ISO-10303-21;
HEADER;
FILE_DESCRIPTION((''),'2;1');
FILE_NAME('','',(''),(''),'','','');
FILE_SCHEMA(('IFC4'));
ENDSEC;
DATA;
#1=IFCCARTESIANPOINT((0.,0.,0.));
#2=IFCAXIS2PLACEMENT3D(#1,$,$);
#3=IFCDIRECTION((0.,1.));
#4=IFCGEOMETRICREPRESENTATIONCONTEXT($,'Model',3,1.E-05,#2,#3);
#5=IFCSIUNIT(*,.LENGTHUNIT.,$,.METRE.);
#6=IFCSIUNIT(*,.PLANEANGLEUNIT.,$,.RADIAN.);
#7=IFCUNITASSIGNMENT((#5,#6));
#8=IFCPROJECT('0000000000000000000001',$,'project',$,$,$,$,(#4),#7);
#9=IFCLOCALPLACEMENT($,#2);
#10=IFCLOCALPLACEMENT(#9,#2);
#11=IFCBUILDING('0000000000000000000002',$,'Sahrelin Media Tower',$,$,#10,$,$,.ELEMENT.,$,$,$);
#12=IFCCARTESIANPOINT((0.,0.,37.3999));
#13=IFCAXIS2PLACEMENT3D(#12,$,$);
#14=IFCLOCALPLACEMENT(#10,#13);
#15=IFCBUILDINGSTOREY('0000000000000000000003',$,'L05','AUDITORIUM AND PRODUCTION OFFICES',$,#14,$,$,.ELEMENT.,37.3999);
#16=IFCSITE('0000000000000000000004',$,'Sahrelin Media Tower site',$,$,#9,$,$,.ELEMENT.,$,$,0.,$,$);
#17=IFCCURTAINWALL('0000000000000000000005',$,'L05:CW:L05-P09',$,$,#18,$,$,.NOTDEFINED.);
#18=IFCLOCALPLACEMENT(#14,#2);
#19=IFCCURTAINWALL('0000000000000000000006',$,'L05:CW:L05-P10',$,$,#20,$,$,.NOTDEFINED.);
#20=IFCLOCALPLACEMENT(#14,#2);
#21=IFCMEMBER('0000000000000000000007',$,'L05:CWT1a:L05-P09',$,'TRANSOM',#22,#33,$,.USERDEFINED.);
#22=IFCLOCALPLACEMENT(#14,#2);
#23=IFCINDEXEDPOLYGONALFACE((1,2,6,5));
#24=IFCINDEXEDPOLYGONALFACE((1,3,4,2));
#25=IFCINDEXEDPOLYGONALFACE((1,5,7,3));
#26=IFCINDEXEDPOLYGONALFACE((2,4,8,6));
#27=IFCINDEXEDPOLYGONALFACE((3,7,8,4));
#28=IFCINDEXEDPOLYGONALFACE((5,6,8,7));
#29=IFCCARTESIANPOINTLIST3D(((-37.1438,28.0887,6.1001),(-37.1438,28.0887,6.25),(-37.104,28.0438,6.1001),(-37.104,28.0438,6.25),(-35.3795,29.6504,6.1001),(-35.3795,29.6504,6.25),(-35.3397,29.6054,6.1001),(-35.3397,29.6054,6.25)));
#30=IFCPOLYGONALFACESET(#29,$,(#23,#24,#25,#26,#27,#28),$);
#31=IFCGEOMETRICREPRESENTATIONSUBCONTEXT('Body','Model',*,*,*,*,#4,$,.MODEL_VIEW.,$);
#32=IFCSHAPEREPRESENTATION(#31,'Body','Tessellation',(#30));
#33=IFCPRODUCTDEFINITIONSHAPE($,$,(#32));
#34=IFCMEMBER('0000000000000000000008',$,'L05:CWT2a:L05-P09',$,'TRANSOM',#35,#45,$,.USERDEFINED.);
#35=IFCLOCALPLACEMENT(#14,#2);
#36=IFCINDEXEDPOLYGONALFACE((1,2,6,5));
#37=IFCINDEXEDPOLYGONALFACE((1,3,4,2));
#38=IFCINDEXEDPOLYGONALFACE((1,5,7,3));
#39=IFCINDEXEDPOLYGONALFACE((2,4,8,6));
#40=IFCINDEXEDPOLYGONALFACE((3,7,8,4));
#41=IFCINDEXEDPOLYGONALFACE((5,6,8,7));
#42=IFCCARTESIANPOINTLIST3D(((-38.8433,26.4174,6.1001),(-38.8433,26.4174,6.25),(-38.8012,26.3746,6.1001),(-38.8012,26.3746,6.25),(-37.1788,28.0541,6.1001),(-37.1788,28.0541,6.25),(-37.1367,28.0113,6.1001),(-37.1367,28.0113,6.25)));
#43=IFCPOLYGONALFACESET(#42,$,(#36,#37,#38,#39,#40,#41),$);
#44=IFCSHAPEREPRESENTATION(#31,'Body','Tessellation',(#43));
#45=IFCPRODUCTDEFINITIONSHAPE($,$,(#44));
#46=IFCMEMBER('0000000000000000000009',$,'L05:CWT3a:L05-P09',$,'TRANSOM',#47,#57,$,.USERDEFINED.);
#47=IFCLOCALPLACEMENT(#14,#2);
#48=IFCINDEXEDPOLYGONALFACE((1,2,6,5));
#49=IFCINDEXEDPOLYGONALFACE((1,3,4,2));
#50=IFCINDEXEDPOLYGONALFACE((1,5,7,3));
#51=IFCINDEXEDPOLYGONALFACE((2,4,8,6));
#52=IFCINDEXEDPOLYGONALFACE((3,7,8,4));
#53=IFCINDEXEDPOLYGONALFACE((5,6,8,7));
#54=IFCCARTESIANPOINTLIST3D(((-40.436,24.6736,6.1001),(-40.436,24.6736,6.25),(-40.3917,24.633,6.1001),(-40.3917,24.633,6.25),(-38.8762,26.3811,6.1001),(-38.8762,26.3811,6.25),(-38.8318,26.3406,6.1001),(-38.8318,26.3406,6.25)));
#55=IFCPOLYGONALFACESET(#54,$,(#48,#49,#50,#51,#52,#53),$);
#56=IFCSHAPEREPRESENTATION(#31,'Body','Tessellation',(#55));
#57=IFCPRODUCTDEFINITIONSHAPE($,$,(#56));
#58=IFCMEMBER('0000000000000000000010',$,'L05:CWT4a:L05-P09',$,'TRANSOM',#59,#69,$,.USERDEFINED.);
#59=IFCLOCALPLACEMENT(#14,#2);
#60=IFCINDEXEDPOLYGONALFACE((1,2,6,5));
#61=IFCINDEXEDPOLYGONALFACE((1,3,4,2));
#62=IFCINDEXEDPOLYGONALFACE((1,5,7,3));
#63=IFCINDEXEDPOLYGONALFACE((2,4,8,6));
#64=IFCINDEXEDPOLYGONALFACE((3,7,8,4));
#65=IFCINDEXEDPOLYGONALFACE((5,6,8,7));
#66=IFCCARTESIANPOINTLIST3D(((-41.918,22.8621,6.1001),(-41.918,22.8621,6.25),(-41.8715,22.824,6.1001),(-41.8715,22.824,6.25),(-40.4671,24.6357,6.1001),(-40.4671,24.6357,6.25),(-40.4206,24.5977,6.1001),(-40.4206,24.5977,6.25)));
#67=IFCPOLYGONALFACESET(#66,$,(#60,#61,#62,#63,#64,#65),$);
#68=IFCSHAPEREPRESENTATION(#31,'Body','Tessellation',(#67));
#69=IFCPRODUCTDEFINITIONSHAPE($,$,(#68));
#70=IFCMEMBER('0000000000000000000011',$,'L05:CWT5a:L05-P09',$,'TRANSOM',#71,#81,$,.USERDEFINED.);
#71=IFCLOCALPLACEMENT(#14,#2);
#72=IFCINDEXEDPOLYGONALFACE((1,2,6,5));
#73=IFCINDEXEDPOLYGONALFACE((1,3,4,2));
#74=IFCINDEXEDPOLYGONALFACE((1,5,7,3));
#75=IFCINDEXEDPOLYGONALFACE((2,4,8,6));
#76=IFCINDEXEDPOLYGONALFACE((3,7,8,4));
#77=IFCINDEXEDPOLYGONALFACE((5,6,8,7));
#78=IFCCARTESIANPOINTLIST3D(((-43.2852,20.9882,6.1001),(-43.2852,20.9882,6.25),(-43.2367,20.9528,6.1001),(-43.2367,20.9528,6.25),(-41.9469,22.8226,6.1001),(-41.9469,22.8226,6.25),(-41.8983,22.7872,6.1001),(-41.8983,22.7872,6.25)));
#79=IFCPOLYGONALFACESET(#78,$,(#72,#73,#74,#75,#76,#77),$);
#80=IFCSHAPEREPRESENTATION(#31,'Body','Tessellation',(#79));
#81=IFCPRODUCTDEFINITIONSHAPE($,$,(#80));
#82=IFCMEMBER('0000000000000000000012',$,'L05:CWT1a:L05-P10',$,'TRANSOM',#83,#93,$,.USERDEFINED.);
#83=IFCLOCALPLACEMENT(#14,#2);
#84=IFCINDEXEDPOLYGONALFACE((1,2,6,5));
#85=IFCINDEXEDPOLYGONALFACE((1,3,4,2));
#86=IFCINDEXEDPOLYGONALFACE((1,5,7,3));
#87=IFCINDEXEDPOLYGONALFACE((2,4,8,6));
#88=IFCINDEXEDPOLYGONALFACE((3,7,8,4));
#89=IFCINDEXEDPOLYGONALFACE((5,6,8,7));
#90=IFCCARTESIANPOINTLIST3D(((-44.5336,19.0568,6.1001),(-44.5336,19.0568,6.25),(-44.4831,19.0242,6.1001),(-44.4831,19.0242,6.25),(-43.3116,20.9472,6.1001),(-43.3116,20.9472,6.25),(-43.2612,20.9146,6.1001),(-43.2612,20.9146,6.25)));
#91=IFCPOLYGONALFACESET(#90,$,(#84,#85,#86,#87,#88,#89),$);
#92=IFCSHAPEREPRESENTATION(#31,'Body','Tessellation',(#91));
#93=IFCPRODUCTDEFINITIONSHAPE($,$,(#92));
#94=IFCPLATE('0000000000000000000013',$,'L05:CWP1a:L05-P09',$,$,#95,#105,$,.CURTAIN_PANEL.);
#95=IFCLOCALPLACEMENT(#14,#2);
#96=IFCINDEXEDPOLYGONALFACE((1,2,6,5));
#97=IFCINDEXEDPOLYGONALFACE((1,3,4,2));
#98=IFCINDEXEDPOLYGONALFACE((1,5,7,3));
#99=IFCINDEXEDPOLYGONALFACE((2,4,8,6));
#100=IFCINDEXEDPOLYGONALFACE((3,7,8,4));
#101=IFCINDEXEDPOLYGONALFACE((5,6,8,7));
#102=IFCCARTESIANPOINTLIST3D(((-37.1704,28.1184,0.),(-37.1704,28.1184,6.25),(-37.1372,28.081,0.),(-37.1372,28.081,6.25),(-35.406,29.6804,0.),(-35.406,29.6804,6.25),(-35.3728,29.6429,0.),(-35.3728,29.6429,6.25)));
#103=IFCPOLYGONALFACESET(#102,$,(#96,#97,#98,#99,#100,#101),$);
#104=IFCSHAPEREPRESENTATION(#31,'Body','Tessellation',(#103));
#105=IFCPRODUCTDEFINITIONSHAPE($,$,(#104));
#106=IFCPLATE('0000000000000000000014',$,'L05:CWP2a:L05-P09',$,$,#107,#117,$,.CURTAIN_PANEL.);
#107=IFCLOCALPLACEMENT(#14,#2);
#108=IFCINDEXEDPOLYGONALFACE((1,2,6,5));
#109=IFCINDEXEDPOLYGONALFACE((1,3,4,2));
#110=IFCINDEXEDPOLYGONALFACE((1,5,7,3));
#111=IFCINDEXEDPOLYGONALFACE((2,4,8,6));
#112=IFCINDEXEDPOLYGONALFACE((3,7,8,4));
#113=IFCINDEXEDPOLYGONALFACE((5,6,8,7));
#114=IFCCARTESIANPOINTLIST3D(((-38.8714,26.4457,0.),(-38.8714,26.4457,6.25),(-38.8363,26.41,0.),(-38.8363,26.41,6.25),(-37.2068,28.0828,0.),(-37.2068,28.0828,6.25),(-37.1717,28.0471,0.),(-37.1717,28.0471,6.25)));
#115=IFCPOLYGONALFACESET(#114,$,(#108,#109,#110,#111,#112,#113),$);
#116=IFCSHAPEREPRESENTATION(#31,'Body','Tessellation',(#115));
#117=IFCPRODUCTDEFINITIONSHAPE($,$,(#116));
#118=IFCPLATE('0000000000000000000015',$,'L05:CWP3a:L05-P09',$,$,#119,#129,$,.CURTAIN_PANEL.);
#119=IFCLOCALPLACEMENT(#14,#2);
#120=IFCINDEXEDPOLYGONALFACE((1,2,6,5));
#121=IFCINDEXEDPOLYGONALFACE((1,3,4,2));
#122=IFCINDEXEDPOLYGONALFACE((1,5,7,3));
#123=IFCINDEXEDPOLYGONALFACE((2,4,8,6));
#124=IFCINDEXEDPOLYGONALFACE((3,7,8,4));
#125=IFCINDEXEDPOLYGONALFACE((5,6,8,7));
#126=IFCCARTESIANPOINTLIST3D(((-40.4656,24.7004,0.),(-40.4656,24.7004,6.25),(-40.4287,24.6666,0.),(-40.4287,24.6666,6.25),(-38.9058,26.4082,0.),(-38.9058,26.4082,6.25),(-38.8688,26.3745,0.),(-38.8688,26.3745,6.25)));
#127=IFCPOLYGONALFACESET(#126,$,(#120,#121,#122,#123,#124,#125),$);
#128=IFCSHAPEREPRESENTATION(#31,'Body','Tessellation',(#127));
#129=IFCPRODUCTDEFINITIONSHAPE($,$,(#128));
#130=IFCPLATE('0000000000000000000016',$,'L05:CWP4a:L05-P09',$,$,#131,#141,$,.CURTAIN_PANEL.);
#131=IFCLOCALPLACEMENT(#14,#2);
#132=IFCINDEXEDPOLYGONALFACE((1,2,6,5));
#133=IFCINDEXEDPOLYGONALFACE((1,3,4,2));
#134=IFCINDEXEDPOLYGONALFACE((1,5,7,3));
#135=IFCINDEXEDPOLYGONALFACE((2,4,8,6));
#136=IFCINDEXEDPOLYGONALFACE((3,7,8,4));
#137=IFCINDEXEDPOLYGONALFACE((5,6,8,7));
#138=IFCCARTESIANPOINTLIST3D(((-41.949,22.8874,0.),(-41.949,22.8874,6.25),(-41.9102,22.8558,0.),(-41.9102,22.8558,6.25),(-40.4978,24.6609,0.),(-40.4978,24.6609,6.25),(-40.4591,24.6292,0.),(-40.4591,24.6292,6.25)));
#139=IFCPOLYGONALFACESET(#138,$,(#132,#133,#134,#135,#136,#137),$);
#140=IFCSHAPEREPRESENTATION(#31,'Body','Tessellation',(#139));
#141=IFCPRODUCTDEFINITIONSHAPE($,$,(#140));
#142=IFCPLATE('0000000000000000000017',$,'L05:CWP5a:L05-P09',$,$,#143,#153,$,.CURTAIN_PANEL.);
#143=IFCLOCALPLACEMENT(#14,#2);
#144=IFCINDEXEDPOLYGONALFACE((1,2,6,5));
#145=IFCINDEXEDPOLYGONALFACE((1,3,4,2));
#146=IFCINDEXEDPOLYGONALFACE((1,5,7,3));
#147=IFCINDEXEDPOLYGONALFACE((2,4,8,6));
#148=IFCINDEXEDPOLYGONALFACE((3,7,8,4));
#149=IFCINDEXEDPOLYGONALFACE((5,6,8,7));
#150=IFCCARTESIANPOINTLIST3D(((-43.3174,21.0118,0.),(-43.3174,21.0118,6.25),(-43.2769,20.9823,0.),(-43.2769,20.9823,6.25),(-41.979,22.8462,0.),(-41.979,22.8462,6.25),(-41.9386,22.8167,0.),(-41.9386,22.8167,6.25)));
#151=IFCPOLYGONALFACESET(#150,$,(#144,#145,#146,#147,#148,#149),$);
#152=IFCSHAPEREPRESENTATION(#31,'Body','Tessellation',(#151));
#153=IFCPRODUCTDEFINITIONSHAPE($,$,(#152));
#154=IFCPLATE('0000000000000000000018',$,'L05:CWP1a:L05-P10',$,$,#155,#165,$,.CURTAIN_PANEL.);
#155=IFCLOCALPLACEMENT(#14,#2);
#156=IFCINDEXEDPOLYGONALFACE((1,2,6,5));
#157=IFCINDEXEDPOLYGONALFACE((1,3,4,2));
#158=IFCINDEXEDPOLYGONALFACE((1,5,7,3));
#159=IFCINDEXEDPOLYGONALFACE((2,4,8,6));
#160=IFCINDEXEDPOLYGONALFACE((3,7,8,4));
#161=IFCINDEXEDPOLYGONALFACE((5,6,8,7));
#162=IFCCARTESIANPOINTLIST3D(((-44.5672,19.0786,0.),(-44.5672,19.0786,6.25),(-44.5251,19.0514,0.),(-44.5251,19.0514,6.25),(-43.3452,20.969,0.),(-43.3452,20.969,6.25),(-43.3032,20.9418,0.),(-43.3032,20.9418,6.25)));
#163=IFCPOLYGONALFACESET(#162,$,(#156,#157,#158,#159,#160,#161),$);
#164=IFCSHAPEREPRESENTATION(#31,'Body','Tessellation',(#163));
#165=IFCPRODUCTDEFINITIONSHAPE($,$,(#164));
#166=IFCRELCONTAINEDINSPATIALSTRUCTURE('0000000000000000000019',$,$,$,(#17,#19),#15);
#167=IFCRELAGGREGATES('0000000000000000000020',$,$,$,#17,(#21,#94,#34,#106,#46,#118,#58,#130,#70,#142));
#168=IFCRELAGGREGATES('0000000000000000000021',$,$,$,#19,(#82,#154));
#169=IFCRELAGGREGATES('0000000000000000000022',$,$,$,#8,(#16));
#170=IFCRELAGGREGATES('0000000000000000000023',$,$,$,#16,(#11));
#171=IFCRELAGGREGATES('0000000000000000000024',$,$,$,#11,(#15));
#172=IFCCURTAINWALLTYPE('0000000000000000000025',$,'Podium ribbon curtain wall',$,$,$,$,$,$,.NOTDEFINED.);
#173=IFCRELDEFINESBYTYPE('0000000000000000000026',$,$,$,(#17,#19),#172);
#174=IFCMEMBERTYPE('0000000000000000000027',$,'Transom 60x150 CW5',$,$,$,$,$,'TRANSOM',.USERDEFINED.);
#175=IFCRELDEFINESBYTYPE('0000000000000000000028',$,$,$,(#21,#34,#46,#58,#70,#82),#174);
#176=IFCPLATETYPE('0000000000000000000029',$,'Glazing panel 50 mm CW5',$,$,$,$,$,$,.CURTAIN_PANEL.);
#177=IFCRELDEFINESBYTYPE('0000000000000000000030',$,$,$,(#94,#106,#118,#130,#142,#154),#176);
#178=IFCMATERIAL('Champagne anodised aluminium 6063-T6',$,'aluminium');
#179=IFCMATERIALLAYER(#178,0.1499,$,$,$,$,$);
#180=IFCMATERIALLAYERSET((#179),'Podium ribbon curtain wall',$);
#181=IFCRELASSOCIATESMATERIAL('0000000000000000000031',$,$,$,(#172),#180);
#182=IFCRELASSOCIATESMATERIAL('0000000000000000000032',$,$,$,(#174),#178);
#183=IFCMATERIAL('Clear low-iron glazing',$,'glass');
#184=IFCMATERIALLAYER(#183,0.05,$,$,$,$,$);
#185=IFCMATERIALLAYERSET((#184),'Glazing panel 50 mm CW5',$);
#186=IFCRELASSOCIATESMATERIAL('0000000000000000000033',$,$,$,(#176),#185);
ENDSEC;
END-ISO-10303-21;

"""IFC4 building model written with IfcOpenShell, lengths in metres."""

from ifc_helpers import new_model, si_unit, direction, frame, origin, origin_2d, place, context, subcontext, project, spatial, polyline, rectangle, outline, extrude, material, layer, layer_set, material_profile, profile_set, type_object, element, aggregate, save


model = new_model("IFC4")

# Units and contexts
model_context = context("Model", 3, precision=1e-05, world=origin(), true_north=direction((0.0, 1.0)))
body_context = subcontext(model_context, "Body", "Model", "MODEL_VIEW")
ifc_project = project(units=[si_unit("LENGTHUNIT", "METRE"), si_unit("PLANEANGLEUNIT", "RADIAN")], contexts=[model_context])

# Site, building, storey
site_placement = place(None, origin())
site = spatial("IfcSite", under=ifc_project, at=site_placement, Name="Sahrelin Media Tower site", CompositionType="ELEMENT", RefElevation=0.0)
building_placement = place(site_placement, origin())
building = spatial("IfcBuilding", under=site, at=building_placement, Name="Sahrelin Media Tower", CompositionType="ELEMENT")
storey_placement = place(building_placement, frame((0.0, 0.0, 37.3999)))
storey = spatial("IfcBuildingStorey", under=building, at=storey_placement, Name="L05", Description="AUDITORIUM AND PRODUCTION OFFICES", CompositionType="ELEMENT", Elevation=37.3999)

# Curtain wall
ifc_material_1 = material(Name="Champagne anodised aluminium 6063-T6", Category="aluminium")
ifc_layer_1 = layer(ifc_material_1, 0.1499)
ifc_layer_set_1 = layer_set([ifc_layer_1], Name="Podium ribbon curtain wall")
curtain_wall_type = type_object("IfcCurtainWallType", Name="Podium ribbon curtain wall", PredefinedType="NOTDEFINED", material=ifc_layer_set_1)
curtain_wall_1_placement = place(storey_placement, frame((-35.3552, 29.6985, 0.0), z_axis=(0.0, 0.0, 1.0), x_axis=(1.0, 0.0, 0.0)))
curtain_wall_1 = element("IfcCurtainWall", 1, at=curtain_wall_1_placement, inside=storey, type_object=curtain_wall_type, Name="L05:CW:L05-P09", PredefinedType="NOTDEFINED")

# Curtain wall
curtain_wall_2_placement = place(storey_placement, frame((-43.3013, 21.0, 0.0), z_axis=(0.0, 0.0, 1.0), x_axis=(1.0, 0.0, 0.0)))
curtain_wall_2 = element("IfcCurtainWall", 2, at=curtain_wall_2_placement, inside=storey, type_object=curtain_wall_type, Name="L05:CW:L05-P10", PredefinedType="NOTDEFINED")

# Members
ifc_material_profile_1 = material_profile(ifc_material_1, rectangle(XDim=0.0601, YDim=0.1499, at=origin_2d()), Name="Transom 60x150")
ifc_profile_set_1 = profile_set([ifc_material_profile_1], Name="Champagne anodised aluminium 6063-T6")
member_type_1 = type_object("IfcMemberType", Name="Transom 60x150 CW5", ElementType="TRANSOM", PredefinedType="USERDEFINED", material=ifc_profile_set_1)
member_1_placement = place(storey_placement, frame((-35.3596, 29.6279, 6.175), z_axis=(-0.748797, -0.6628, 0.0), x_axis=(0.6628, -0.748797, 0.0)))
member_1 = element("IfcMember", 3, at=member_1_placement, type_object=member_type_1, Name="L05:CWT1a:L05-P09", ObjectType="TRANSOM", PredefinedType="USERDEFINED", context=body_context, shape_type="SweptSolid", body=[
    extrude(rectangle(XDim=0.0601, YDim=0.1499, at=origin_2d()), origin(), (0.0, 0.0, 1.0), 2.3562),
])
member_2_placement = place(storey_placement, frame((-37.1577, 28.0327, 6.175), z_axis=(-0.713043, -0.70112, 0.0), x_axis=(0.70112, -0.713043, 0.0)))
member_2 = element("IfcMember", 4, at=member_2_placement, type_object=member_type_1, Name="L05:CWT2a:L05-P09", ObjectType="TRANSOM", PredefinedType="USERDEFINED", context=body_context, shape_type="SweptSolid", body=[
    extrude(rectangle(XDim=0.0601, YDim=0.1499, at=origin_2d()), origin(), (0.0, 0.0, 1.0), 2.3345),
])
member_3_placement = place(storey_placement, frame((-38.854, 26.3608, 6.175), z_axis=(-0.674452, -0.738319, 0.0), x_axis=(0.738319, -0.674452, 0.0)))
member_3 = element("IfcMember", 5, at=member_3_placement, type_object=member_type_1, Name="L05:CWT3a:L05-P09", ObjectType="TRANSOM", PredefinedType="USERDEFINED", context=body_context, shape_type="SweptSolid", body=[
    extrude(rectangle(XDim=0.0601, YDim=0.1499, at=origin_2d()), origin(), (0.0, 0.0, 1.0), 2.3127),
])
member_4_placement = place(storey_placement, frame((-40.4438, 24.6167, 6.175), z_axis=(-0.633168, -0.774014, 0.0), x_axis=(0.774014, -0.633168, 0.0)))
member_4 = element("IfcMember", 6, at=member_4_placement, type_object=member_type_1, Name="L05:CWT4a:L05-P09", ObjectType="TRANSOM", PredefinedType="USERDEFINED", context=body_context, shape_type="SweptSolid", body=[
    extrude(rectangle(XDim=0.0601, YDim=0.1499, at=origin_2d()), origin(), (0.0, 0.0, 1.0), 2.2915),
])
member_5_placement = place(storey_placement, frame((-41.9226, 22.8049, 6.175), z_axis=(-0.589386, -0.807852, 0.0), x_axis=(0.807852, -0.589386, 0.0)))
member_5 = element("IfcMember", 7, at=member_5_placement, type_object=member_type_1, Name="L05:CWT5a:L05-P09", ObjectType="TRANSOM", PredefinedType="USERDEFINED", context=body_context, shape_type="SweptSolid", body=[
    extrude(rectangle(XDim=0.0601, YDim=0.1499, at=origin_2d()), origin(), (0.0, 0.0, 1.0), 2.2708),
])
member_6_placement = place(storey_placement, frame((-43.2864, 20.9309, 6.175), z_axis=(-0.542855, -0.839826, 0.0), x_axis=(0.839826, -0.542855, 0.0)))
member_6 = element("IfcMember", 8, at=member_6_placement, type_object=member_type_1, Name="L05:CWT1a:L05-P10", ObjectType="TRANSOM", PredefinedType="USERDEFINED", context=body_context, shape_type="SweptSolid", body=[
    extrude(rectangle(XDim=0.0601, YDim=0.1499, at=origin_2d()), origin(), (0.0, 0.0, 1.0), 2.251),
])

# Plates
ifc_material_2 = material(Name="Clear low-iron glazing", Category="glass")
ifc_layer_2 = layer(ifc_material_2, 0.05)
ifc_layer_set_2 = layer_set([ifc_layer_2], Name="Glazing panel 50 mm CW5")
plate_type = type_object("IfcPlateType", Name="Glazing panel 50 mm CW5", PredefinedType="CURTAIN_PANEL", material=ifc_layer_set_2)
plate_1_placement = place(storey_placement, frame((-35.406, 29.6804, 0.0), z_axis=(-0.662858, 0.748745, 0.0), x_axis=(-0.748745, -0.662858, 0.0)))
plate_1 = element("IfcPlate", 9, at=plate_1_placement, type_object=plate_type, Name="L05:CWP1a:L05-P09", PredefinedType="CURTAIN_PANEL", context=body_context, shape_type="SweptSolid", body=[
    extrude(outline(polyline([(0.0, 0.0), (2.3564, 0.0), (2.3564, 6.25), (0.0, 6.25), (0.0, 0.0)])), origin(), (0.0, 0.0, -1.0), 0.05),
])
plate_2_placement = place(storey_placement, frame((-37.2068, 28.0828, 0.0), z_axis=(-0.701174, 0.712991, 0.0), x_axis=(-0.712991, -0.701174, 0.0)))
plate_2 = element("IfcPlate", 10, at=plate_2_placement, type_object=plate_type, Name="L05:CWP2a:L05-P09", PredefinedType="CURTAIN_PANEL", context=body_context, shape_type="SweptSolid", body=[
    extrude(outline(polyline([(0.0, 0.0), (2.3347, 0.0), (2.3347, 6.25), (0.0, 6.25), (0.0, 0.0)])), origin(), (0.0, 0.0, -1.0), 0.05),
])
plate_3_placement = place(storey_placement, frame((-38.9058, 26.4082, 0.0), z_axis=(-0.738367, 0.6744, 0.0), x_axis=(-0.6744, -0.738367, 0.0)))
plate_3 = element("IfcPlate", 11, at=plate_3_placement, type_object=plate_type, Name="L05:CWP3a:L05-P09", PredefinedType="CURTAIN_PANEL", context=body_context, shape_type="SweptSolid", body=[
    extrude(outline(polyline([(0.0, 0.0), (2.313, 0.0), (2.313, 6.25), (0.0, 6.25), (0.0, 0.0)])), origin(), (0.0, 0.0, -1.0), 0.05),
])
plate_4_placement = place(storey_placement, frame((-40.4978, 24.6609, 0.0), z_axis=(-0.773919, 0.633284, 0.0), x_axis=(-0.633284, -0.773919, 0.0)))
plate_4 = element("IfcPlate", 12, at=plate_4_placement, type_object=plate_type, Name="L05:CWP4a:L05-P09", PredefinedType="CURTAIN_PANEL", context=body_context, shape_type="SweptSolid", body=[
    extrude(outline(polyline([(0.0, 0.0), (2.2915, 0.0), (2.2915, 6.25), (0.0, 6.25), (0.0, 0.0)])), origin(), (0.0, 0.0, -1.0), 0.05),
])
plate_5_placement = place(storey_placement, frame((-41.979, 22.8462, 0.0), z_axis=(-0.807852, 0.589386, 0.0), x_axis=(-0.589386, -0.807852, 0.0)))
plate_5 = element("IfcPlate", 13, at=plate_5_placement, type_object=plate_type, Name="L05:CWP5a:L05-P09", PredefinedType="CURTAIN_PANEL", context=body_context, shape_type="SweptSolid", body=[
    extrude(outline(polyline([(0.0, 0.0), (2.2708, 0.0), (2.2708, 6.25), (0.0, 6.25), (0.0, 0.0)])), origin(), (0.0, 0.0, -1.0), 0.05),
])
aggregate(curtain_wall_1, [member_1, plate_1, member_2, plate_2, member_3, plate_3, member_4, plate_4, member_5, plate_5])
plate_6_placement = place(storey_placement, frame((-43.3452, 20.969, 0.0), z_axis=(-0.839826, 0.542855, 0.0), x_axis=(-0.542855, -0.839826, 0.0)))
plate_6 = element("IfcPlate", 14, at=plate_6_placement, type_object=plate_type, Name="L05:CWP1a:L05-P10", PredefinedType="CURTAIN_PANEL", context=body_context, shape_type="SweptSolid", body=[
    extrude(outline(polyline([(0.0, 0.0), (2.251, 0.0), (2.251, 6.25), (0.0, 6.25), (0.0, 0.0)])), origin(), (0.0, 0.0, -1.0), 0.05),
])
aggregate(curtain_wall_2, [member_6, plate_6])

save(model, "model.ifc")
